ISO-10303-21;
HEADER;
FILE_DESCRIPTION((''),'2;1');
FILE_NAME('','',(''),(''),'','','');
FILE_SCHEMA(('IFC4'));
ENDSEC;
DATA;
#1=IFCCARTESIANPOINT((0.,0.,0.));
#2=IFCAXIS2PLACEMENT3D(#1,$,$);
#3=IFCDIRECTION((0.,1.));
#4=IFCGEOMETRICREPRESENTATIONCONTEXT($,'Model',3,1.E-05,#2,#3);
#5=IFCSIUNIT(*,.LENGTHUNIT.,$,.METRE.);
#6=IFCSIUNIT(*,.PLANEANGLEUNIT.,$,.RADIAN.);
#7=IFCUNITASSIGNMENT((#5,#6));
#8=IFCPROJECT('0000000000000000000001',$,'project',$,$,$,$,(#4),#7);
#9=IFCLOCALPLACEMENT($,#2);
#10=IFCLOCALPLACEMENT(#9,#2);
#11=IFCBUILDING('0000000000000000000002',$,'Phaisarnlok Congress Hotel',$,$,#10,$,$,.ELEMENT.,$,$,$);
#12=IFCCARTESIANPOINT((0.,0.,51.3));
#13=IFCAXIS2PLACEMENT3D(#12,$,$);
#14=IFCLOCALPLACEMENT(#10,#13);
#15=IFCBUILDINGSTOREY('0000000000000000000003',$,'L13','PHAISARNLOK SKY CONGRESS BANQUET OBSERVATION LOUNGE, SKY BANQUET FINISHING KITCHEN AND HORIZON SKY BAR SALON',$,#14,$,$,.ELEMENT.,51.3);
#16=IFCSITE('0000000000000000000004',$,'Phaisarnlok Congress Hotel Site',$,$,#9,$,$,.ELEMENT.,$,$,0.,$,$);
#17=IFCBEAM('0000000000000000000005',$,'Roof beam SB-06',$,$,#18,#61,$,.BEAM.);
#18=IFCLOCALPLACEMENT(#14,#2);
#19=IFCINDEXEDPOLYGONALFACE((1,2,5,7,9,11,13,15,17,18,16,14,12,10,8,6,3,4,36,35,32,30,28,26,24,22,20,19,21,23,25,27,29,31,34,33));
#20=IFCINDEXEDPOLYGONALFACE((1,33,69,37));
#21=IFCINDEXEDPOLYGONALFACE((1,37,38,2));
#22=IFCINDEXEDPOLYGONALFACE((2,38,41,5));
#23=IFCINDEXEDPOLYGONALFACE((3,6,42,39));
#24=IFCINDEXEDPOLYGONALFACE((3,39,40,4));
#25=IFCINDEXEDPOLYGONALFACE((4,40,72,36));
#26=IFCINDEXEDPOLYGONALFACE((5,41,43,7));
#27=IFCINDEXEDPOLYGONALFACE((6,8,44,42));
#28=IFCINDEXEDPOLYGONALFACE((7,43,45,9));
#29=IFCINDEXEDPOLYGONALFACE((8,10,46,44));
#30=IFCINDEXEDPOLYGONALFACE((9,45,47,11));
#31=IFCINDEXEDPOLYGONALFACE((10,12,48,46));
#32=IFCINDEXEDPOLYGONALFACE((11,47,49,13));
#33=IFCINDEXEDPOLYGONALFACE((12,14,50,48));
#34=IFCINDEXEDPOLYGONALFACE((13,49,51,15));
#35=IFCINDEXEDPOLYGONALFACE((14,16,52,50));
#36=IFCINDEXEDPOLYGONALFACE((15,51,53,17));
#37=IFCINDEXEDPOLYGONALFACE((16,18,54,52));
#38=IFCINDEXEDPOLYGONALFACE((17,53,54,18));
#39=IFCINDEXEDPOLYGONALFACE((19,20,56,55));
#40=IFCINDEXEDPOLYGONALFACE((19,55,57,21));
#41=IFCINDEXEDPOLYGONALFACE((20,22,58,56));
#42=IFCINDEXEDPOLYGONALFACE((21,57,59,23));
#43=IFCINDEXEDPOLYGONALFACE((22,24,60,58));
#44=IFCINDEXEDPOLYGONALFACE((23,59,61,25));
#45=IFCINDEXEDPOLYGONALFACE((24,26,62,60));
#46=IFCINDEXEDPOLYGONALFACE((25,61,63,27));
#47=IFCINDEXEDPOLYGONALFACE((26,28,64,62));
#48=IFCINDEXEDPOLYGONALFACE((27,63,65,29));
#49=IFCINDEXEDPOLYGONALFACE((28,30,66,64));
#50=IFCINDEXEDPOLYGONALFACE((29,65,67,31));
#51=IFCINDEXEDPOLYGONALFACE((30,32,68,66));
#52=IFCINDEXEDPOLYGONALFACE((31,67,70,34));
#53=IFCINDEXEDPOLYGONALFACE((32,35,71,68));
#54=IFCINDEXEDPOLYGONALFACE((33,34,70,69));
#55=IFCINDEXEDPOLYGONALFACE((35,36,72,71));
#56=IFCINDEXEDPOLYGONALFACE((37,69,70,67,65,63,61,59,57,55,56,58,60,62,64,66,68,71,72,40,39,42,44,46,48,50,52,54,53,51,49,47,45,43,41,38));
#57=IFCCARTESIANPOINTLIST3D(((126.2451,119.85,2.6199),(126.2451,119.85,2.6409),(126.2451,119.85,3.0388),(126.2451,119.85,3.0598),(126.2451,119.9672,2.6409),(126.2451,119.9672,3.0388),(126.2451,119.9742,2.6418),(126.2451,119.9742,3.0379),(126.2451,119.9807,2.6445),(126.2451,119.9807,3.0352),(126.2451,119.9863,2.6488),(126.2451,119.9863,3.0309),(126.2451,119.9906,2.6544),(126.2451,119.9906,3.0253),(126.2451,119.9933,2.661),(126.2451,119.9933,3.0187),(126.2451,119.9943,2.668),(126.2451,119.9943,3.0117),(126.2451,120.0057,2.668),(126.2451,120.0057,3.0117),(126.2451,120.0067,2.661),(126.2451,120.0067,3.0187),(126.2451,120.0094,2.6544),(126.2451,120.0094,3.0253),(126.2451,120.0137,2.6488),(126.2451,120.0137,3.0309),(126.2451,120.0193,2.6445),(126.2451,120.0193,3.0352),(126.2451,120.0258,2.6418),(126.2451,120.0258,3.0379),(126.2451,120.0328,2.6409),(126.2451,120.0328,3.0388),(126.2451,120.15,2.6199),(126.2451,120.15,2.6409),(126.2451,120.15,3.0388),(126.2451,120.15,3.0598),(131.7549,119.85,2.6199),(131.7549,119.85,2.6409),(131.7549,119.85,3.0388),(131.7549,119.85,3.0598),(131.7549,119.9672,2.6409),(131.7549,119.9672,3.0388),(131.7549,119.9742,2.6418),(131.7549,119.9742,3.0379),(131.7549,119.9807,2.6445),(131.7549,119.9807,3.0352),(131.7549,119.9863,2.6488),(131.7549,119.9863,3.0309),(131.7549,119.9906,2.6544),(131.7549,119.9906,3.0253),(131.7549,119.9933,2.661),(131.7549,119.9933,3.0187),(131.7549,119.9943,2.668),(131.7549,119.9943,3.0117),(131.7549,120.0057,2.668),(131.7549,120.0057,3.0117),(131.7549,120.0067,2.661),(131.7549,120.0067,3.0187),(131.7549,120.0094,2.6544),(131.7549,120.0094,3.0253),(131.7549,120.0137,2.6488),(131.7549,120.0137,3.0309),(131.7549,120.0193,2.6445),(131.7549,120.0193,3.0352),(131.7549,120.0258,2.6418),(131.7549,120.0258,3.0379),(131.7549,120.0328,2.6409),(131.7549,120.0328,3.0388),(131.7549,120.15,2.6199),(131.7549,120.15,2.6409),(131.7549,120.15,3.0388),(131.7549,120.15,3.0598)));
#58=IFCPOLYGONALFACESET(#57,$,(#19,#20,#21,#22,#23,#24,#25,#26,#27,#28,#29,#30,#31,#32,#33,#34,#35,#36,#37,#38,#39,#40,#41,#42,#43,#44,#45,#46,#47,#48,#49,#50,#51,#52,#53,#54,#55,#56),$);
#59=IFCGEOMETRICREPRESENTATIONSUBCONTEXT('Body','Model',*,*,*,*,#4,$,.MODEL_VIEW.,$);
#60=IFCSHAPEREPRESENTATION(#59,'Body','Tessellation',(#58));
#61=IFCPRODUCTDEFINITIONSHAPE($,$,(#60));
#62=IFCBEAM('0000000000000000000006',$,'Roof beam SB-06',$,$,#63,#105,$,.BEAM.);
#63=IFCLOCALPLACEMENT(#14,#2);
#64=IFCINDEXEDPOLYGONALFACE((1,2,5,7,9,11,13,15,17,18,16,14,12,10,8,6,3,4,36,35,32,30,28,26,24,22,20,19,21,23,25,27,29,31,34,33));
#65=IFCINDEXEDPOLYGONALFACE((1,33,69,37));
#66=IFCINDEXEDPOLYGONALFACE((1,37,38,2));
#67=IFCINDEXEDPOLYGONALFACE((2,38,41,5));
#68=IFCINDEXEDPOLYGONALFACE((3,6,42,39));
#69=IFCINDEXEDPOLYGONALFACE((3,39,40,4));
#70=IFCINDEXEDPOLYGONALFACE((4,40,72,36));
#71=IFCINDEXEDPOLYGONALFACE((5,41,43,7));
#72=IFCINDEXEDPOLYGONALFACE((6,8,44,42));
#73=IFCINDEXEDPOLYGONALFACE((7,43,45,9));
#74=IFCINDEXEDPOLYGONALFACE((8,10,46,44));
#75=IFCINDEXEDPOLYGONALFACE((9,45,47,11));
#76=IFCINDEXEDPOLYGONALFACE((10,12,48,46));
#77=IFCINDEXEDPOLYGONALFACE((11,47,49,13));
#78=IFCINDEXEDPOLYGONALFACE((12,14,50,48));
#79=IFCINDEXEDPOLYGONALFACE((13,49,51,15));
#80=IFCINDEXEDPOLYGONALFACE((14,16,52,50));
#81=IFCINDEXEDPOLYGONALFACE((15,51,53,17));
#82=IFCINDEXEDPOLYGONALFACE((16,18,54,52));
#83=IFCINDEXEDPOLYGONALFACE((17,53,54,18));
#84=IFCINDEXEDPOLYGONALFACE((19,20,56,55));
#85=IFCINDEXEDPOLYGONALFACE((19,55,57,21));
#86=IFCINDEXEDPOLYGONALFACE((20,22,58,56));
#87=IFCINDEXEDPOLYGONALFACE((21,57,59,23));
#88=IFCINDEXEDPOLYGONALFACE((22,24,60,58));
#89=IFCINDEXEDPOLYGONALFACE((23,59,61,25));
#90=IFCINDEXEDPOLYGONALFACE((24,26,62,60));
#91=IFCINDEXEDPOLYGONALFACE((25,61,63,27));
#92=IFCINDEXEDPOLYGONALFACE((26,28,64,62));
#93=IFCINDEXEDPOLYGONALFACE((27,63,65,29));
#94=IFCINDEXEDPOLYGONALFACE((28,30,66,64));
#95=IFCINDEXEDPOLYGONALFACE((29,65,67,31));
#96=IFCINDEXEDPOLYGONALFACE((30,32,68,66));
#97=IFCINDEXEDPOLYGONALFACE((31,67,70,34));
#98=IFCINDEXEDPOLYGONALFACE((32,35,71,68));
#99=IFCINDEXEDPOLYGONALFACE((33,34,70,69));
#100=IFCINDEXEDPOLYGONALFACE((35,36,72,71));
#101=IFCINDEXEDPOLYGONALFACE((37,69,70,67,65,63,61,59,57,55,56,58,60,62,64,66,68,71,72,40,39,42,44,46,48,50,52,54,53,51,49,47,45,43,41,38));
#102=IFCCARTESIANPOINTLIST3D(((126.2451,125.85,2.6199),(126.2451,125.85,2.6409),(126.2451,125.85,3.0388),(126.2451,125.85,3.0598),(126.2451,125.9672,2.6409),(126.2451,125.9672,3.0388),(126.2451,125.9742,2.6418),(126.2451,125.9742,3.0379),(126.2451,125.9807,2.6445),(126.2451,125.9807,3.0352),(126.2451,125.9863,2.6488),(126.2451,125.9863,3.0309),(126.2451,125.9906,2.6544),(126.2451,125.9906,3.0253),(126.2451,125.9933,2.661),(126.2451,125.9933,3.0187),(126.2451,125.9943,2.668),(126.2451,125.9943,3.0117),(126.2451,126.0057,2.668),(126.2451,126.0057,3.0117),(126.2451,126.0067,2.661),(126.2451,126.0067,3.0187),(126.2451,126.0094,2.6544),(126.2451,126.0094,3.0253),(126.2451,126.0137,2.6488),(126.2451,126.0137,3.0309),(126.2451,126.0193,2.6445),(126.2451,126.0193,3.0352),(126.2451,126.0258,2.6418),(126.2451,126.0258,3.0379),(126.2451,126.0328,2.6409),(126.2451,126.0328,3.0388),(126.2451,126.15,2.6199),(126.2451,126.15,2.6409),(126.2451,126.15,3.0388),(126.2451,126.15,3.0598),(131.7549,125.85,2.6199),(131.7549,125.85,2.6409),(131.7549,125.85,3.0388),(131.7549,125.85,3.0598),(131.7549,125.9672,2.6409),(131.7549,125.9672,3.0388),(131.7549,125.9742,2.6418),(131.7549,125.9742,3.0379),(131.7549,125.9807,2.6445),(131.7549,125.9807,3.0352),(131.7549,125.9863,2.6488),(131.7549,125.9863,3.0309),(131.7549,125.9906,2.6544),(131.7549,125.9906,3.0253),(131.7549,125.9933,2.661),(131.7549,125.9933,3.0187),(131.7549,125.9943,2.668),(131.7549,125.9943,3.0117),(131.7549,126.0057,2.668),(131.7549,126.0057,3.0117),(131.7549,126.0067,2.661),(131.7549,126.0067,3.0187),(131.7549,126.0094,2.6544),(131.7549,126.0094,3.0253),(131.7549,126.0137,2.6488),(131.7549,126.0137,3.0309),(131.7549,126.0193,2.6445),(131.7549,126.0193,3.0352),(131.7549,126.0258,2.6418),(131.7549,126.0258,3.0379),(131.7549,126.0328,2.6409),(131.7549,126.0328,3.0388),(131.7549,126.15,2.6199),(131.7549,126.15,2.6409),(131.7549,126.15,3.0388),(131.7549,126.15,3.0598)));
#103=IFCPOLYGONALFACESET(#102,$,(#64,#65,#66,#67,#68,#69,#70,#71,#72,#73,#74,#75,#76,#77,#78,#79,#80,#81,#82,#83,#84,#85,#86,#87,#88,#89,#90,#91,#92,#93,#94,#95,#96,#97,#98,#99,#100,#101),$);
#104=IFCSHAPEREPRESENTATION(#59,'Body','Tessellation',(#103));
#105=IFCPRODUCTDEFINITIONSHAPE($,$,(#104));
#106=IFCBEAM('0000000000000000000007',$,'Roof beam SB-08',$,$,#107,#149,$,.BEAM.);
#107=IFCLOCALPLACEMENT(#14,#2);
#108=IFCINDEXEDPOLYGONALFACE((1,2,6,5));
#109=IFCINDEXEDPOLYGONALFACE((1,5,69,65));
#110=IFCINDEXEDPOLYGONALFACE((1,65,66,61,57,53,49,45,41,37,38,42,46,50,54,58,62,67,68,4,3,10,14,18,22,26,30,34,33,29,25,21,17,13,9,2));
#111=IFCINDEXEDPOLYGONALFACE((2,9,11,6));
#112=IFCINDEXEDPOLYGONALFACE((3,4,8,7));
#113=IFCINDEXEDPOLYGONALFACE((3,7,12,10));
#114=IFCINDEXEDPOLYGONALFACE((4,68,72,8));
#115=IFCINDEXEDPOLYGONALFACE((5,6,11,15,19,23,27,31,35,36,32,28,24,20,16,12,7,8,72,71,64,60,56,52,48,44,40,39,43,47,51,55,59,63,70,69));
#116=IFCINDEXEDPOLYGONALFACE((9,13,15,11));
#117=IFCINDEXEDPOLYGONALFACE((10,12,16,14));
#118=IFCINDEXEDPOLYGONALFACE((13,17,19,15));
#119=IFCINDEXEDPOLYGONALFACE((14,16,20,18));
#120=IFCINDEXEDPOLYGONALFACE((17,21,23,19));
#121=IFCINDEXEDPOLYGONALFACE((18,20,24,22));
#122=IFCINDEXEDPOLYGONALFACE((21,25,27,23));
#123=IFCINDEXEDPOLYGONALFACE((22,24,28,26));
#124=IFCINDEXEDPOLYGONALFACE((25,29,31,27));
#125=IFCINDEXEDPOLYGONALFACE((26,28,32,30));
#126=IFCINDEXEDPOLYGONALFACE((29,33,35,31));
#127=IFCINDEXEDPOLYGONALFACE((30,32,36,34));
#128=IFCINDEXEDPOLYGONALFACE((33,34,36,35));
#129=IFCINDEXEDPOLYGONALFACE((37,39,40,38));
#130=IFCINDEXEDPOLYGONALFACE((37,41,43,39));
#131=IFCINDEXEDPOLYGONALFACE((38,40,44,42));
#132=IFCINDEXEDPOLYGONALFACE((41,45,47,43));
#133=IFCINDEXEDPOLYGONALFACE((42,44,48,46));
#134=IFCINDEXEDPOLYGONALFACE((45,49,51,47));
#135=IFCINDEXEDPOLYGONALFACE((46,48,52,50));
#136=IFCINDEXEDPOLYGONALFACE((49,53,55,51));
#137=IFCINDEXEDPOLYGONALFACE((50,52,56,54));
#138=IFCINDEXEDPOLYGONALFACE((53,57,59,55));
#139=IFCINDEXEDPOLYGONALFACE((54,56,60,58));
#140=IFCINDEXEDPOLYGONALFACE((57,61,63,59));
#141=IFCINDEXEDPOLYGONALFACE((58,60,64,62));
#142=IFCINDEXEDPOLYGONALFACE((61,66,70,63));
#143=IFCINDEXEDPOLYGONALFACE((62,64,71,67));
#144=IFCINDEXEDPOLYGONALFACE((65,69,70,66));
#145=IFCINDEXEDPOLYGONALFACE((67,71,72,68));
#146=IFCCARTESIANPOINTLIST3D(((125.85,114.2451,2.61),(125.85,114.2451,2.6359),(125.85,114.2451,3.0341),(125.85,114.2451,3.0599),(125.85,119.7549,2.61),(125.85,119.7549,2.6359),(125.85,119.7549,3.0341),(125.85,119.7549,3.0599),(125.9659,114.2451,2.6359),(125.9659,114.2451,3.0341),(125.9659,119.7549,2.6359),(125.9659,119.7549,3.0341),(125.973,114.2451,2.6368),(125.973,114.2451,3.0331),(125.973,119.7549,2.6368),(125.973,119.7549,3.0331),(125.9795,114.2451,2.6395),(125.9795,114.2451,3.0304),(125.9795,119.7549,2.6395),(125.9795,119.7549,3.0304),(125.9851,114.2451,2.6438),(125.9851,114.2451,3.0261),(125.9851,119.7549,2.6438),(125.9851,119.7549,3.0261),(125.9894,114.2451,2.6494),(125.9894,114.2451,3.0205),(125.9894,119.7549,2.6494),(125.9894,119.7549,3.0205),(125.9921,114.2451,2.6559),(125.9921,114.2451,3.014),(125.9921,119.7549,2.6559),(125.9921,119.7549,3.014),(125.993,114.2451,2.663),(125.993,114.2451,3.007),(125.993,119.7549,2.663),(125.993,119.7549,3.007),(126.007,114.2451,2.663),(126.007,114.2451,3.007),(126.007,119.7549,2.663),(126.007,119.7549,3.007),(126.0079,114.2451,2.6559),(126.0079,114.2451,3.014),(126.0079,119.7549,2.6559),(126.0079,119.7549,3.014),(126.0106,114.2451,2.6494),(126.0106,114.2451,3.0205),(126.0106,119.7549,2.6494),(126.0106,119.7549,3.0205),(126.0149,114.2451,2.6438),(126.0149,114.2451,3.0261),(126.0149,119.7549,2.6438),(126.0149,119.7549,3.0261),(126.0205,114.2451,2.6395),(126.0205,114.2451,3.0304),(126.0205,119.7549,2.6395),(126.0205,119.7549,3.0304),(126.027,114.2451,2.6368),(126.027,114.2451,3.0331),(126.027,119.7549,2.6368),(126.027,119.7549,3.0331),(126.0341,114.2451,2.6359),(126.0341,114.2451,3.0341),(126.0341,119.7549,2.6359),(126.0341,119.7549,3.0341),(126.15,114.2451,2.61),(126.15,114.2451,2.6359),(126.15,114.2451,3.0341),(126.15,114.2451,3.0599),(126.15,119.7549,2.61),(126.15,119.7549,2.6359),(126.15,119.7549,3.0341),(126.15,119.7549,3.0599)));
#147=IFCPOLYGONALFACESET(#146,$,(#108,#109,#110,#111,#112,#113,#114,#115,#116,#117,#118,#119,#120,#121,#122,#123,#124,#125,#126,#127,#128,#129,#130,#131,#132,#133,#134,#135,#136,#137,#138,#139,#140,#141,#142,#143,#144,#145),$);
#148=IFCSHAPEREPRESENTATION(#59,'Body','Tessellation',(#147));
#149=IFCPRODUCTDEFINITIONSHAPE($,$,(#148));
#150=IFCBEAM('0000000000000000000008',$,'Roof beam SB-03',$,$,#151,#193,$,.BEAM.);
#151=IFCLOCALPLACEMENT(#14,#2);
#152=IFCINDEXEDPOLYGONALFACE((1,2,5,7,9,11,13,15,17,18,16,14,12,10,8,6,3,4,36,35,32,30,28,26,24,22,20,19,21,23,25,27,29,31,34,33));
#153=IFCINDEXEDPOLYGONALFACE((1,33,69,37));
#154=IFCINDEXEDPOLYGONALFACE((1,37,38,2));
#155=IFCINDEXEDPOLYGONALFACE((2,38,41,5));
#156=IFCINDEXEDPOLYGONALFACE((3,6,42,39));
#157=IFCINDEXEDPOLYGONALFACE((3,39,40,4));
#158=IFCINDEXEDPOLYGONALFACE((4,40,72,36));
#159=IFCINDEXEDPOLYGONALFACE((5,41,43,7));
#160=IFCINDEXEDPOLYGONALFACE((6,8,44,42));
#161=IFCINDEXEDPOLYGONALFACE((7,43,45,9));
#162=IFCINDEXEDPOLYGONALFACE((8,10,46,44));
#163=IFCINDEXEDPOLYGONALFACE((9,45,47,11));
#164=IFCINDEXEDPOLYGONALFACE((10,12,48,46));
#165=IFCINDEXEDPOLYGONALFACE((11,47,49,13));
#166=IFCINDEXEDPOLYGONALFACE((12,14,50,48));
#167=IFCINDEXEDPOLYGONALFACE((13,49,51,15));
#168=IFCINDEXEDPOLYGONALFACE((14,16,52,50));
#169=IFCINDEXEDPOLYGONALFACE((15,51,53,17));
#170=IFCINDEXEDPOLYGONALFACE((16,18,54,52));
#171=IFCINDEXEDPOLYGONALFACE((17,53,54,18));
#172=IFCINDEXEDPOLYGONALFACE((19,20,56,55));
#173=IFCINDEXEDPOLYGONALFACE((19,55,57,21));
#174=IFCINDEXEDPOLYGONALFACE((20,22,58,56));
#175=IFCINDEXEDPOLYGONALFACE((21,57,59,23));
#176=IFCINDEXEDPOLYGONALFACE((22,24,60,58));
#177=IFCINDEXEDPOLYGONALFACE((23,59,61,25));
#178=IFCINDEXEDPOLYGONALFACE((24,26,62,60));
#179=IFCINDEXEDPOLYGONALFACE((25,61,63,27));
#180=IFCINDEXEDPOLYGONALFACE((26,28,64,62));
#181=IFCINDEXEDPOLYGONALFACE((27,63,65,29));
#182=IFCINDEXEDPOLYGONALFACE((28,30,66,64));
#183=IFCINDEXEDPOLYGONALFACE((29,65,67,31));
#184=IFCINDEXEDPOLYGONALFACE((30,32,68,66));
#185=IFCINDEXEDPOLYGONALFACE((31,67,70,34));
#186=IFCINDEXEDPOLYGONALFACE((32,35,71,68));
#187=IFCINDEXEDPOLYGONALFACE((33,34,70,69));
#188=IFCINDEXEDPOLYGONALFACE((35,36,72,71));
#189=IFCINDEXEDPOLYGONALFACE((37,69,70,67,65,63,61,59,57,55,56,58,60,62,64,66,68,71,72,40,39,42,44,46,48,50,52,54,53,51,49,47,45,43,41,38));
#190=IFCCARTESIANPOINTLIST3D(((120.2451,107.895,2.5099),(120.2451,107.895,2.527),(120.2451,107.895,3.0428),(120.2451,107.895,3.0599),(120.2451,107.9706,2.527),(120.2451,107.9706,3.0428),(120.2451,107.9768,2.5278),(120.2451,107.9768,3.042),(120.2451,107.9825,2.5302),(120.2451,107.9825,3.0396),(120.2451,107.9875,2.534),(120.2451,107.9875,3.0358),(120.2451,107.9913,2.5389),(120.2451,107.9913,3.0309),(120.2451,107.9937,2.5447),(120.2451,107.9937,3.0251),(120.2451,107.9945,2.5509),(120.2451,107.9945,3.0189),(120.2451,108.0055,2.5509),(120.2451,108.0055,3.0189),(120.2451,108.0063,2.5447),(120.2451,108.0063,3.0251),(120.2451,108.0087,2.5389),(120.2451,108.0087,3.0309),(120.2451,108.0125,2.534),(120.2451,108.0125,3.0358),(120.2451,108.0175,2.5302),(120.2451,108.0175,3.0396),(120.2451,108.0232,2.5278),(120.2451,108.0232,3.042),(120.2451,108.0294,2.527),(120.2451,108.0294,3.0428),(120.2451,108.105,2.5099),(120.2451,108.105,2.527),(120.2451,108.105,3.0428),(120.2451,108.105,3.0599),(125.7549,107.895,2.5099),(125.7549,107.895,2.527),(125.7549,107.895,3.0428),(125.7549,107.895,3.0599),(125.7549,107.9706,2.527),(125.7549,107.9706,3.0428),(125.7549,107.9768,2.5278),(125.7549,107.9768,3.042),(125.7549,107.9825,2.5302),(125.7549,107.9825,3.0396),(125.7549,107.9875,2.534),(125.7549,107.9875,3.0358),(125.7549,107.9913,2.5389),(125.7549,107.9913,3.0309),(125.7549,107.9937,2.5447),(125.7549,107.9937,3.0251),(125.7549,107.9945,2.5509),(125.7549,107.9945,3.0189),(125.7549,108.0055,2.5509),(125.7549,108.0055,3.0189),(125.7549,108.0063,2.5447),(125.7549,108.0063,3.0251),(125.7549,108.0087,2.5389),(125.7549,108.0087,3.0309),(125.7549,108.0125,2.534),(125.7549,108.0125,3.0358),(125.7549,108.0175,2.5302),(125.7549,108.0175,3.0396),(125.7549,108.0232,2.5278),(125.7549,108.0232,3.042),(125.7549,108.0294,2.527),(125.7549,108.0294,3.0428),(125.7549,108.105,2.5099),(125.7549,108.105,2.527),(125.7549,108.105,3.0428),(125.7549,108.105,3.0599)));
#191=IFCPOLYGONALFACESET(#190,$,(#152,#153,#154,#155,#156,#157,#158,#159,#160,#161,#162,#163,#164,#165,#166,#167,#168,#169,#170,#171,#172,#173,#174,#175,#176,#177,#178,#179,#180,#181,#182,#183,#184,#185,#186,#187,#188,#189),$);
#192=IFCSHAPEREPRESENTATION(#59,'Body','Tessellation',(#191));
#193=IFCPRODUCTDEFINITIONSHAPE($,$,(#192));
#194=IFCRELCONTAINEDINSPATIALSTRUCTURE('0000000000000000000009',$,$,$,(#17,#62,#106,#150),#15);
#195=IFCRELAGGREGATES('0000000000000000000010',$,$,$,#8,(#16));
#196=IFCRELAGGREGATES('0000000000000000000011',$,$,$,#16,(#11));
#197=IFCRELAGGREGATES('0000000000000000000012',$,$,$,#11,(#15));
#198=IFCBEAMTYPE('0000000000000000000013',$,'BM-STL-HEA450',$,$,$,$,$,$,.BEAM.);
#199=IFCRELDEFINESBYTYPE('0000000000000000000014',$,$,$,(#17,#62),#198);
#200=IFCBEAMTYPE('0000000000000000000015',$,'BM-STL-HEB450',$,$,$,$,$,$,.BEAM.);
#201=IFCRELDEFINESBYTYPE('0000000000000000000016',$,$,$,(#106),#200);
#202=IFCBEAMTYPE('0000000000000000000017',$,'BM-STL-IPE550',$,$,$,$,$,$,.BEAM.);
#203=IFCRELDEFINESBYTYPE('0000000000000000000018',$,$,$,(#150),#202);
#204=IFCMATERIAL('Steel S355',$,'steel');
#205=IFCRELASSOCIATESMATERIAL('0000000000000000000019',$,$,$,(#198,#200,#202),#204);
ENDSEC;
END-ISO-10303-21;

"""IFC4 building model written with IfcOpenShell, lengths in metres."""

from ifc_helpers import new_model, si_unit, direction, frame, origin, origin_2d, place, context, subcontext, project, spatial, i_section, extrude, material, material_profile, profile_set, type_object, element, save


model = new_model("IFC4")

# Units and contexts
model_context = context("Model", 3, precision=1e-05, world=origin(), true_north=direction((0.0, 1.0)))
body_context = subcontext(model_context, "Body", "Model", "MODEL_VIEW")
ifc_project = project(units=[si_unit("LENGTHUNIT", "METRE"), si_unit("PLANEANGLEUNIT", "RADIAN")], contexts=[model_context])

# Site, building, storey
site_placement = place(None, origin())
site = spatial("IfcSite", under=ifc_project, at=site_placement, Name="Phaisarnlok Congress Hotel Site", CompositionType="ELEMENT", RefElevation=0.0)
building_placement = place(site_placement, origin())
building = spatial("IfcBuilding", under=site, at=building_placement, Name="Phaisarnlok Congress Hotel", CompositionType="ELEMENT")
storey_placement = place(building_placement, frame((0.0, 0.0, 51.3)))
storey = spatial("IfcBuildingStorey", under=building, at=storey_placement, Name="L13", Description="PHAISARNLOK SKY CONGRESS BANQUET OBSERVATION LOUNGE, SKY BANQUET FINISHING KITCHEN AND HORIZON SKY BAR SALON", CompositionType="ELEMENT", Elevation=51.3)

# Beams
ifc_material_1 = material(Name="Steel S355", Category="steel")
ifc_material_profile_1 = material_profile(ifc_material_1, i_section(OverallWidth=0.3, OverallDepth=0.4399, WebThickness=0.0115, FlangeThickness=0.021, FilletRadius=0.0271, at=origin_2d()), Name="HEA 450")
ifc_profile_set_1 = profile_set([ifc_material_profile_1], Name="Steel S355")
beam_type_1 = type_object("IfcBeamType", Name="BM-STL-HEA450", PredefinedType="BEAM", material=ifc_profile_set_1)
for number, where, z_axis, x_axis, name in (
    (1, (126.2451, 120.0, 2.8398), (1.0, 0.0, 0.0), (0.0, 1.0, 0.0), "Roof beam SB-06"),
    (2, (126.2451, 126.0, 2.8398), (1.0, 0.0, 0.0), (0.0, 1.0, 0.0), "Roof beam SB-06"),
):
    element("IfcBeam", number, at=place(storey_placement, frame(where, z_axis=z_axis, x_axis=x_axis)), inside=storey, type_object=beam_type_1, Name=name, PredefinedType="BEAM", context=body_context, shape_type="SweptSolid", body=[
        extrude(i_section(OverallWidth=0.3, OverallDepth=0.4399, WebThickness=0.0115, FlangeThickness=0.021, FilletRadius=0.0271, at=origin_2d()), origin(), (0.0, 0.0, 1.0), 5.5098),
    ])
ifc_material_profile_2 = material_profile(ifc_material_1, i_section(OverallWidth=0.3, OverallDepth=0.45, WebThickness=0.0139, FlangeThickness=0.0259, FilletRadius=0.0271, at=origin_2d()), Name="HEB 450")
ifc_profile_set_2 = profile_set([ifc_material_profile_2], Name="Steel S355")
beam_type_2 = type_object("IfcBeamType", Name="BM-STL-HEB450", PredefinedType="BEAM", material=ifc_profile_set_2)
beam_placement = place(storey_placement, frame((126.0, 114.2451, 2.835), z_axis=(0.0, 1.0, 0.0), x_axis=(-1.0, 0.0, 0.0)))
element("IfcBeam", 3, at=beam_placement, inside=storey, type_object=beam_type_2, Name="Roof beam SB-08", PredefinedType="BEAM", context=body_context, shape_type="SweptSolid", body=[
    extrude(i_section(OverallWidth=0.3, OverallDepth=0.45, WebThickness=0.0139, FlangeThickness=0.0259, FilletRadius=0.0271, at=origin_2d()), origin(), (0.0, 0.0, 1.0), 5.5098),
])
ifc_material_profile_3 = material_profile(ifc_material_1, i_section(OverallWidth=0.21, OverallDepth=0.55, WebThickness=0.011, FlangeThickness=0.0171, FilletRadius=0.0239, at=origin_2d()), Name="IPE 550")
ifc_profile_set_3 = profile_set([ifc_material_profile_3], Name="Steel S355")
beam_type_3 = type_object("IfcBeamType", Name="BM-STL-IPE550", PredefinedType="BEAM", material=ifc_profile_set_3)
for number, where, z_axis, x_axis, name in (
    (4, (120.2451, 108.0, 2.7849), (1.0, 0.0, 0.0), (0.0, 1.0, 0.0), "Roof beam SB-03"),
):
    element("IfcBeam", number, at=place(storey_placement, frame(where, z_axis=z_axis, x_axis=x_axis)), inside=storey, type_object=beam_type_3, Name=name, PredefinedType="BEAM", context=body_context, shape_type="SweptSolid", body=[
        extrude(i_section(OverallWidth=0.21, OverallDepth=0.55, WebThickness=0.011, FlangeThickness=0.0171, FilletRadius=0.0239, at=origin_2d()), origin(), (0.0, 0.0, 1.0), 5.5098),
    ])

save(model, "model.ifc")
